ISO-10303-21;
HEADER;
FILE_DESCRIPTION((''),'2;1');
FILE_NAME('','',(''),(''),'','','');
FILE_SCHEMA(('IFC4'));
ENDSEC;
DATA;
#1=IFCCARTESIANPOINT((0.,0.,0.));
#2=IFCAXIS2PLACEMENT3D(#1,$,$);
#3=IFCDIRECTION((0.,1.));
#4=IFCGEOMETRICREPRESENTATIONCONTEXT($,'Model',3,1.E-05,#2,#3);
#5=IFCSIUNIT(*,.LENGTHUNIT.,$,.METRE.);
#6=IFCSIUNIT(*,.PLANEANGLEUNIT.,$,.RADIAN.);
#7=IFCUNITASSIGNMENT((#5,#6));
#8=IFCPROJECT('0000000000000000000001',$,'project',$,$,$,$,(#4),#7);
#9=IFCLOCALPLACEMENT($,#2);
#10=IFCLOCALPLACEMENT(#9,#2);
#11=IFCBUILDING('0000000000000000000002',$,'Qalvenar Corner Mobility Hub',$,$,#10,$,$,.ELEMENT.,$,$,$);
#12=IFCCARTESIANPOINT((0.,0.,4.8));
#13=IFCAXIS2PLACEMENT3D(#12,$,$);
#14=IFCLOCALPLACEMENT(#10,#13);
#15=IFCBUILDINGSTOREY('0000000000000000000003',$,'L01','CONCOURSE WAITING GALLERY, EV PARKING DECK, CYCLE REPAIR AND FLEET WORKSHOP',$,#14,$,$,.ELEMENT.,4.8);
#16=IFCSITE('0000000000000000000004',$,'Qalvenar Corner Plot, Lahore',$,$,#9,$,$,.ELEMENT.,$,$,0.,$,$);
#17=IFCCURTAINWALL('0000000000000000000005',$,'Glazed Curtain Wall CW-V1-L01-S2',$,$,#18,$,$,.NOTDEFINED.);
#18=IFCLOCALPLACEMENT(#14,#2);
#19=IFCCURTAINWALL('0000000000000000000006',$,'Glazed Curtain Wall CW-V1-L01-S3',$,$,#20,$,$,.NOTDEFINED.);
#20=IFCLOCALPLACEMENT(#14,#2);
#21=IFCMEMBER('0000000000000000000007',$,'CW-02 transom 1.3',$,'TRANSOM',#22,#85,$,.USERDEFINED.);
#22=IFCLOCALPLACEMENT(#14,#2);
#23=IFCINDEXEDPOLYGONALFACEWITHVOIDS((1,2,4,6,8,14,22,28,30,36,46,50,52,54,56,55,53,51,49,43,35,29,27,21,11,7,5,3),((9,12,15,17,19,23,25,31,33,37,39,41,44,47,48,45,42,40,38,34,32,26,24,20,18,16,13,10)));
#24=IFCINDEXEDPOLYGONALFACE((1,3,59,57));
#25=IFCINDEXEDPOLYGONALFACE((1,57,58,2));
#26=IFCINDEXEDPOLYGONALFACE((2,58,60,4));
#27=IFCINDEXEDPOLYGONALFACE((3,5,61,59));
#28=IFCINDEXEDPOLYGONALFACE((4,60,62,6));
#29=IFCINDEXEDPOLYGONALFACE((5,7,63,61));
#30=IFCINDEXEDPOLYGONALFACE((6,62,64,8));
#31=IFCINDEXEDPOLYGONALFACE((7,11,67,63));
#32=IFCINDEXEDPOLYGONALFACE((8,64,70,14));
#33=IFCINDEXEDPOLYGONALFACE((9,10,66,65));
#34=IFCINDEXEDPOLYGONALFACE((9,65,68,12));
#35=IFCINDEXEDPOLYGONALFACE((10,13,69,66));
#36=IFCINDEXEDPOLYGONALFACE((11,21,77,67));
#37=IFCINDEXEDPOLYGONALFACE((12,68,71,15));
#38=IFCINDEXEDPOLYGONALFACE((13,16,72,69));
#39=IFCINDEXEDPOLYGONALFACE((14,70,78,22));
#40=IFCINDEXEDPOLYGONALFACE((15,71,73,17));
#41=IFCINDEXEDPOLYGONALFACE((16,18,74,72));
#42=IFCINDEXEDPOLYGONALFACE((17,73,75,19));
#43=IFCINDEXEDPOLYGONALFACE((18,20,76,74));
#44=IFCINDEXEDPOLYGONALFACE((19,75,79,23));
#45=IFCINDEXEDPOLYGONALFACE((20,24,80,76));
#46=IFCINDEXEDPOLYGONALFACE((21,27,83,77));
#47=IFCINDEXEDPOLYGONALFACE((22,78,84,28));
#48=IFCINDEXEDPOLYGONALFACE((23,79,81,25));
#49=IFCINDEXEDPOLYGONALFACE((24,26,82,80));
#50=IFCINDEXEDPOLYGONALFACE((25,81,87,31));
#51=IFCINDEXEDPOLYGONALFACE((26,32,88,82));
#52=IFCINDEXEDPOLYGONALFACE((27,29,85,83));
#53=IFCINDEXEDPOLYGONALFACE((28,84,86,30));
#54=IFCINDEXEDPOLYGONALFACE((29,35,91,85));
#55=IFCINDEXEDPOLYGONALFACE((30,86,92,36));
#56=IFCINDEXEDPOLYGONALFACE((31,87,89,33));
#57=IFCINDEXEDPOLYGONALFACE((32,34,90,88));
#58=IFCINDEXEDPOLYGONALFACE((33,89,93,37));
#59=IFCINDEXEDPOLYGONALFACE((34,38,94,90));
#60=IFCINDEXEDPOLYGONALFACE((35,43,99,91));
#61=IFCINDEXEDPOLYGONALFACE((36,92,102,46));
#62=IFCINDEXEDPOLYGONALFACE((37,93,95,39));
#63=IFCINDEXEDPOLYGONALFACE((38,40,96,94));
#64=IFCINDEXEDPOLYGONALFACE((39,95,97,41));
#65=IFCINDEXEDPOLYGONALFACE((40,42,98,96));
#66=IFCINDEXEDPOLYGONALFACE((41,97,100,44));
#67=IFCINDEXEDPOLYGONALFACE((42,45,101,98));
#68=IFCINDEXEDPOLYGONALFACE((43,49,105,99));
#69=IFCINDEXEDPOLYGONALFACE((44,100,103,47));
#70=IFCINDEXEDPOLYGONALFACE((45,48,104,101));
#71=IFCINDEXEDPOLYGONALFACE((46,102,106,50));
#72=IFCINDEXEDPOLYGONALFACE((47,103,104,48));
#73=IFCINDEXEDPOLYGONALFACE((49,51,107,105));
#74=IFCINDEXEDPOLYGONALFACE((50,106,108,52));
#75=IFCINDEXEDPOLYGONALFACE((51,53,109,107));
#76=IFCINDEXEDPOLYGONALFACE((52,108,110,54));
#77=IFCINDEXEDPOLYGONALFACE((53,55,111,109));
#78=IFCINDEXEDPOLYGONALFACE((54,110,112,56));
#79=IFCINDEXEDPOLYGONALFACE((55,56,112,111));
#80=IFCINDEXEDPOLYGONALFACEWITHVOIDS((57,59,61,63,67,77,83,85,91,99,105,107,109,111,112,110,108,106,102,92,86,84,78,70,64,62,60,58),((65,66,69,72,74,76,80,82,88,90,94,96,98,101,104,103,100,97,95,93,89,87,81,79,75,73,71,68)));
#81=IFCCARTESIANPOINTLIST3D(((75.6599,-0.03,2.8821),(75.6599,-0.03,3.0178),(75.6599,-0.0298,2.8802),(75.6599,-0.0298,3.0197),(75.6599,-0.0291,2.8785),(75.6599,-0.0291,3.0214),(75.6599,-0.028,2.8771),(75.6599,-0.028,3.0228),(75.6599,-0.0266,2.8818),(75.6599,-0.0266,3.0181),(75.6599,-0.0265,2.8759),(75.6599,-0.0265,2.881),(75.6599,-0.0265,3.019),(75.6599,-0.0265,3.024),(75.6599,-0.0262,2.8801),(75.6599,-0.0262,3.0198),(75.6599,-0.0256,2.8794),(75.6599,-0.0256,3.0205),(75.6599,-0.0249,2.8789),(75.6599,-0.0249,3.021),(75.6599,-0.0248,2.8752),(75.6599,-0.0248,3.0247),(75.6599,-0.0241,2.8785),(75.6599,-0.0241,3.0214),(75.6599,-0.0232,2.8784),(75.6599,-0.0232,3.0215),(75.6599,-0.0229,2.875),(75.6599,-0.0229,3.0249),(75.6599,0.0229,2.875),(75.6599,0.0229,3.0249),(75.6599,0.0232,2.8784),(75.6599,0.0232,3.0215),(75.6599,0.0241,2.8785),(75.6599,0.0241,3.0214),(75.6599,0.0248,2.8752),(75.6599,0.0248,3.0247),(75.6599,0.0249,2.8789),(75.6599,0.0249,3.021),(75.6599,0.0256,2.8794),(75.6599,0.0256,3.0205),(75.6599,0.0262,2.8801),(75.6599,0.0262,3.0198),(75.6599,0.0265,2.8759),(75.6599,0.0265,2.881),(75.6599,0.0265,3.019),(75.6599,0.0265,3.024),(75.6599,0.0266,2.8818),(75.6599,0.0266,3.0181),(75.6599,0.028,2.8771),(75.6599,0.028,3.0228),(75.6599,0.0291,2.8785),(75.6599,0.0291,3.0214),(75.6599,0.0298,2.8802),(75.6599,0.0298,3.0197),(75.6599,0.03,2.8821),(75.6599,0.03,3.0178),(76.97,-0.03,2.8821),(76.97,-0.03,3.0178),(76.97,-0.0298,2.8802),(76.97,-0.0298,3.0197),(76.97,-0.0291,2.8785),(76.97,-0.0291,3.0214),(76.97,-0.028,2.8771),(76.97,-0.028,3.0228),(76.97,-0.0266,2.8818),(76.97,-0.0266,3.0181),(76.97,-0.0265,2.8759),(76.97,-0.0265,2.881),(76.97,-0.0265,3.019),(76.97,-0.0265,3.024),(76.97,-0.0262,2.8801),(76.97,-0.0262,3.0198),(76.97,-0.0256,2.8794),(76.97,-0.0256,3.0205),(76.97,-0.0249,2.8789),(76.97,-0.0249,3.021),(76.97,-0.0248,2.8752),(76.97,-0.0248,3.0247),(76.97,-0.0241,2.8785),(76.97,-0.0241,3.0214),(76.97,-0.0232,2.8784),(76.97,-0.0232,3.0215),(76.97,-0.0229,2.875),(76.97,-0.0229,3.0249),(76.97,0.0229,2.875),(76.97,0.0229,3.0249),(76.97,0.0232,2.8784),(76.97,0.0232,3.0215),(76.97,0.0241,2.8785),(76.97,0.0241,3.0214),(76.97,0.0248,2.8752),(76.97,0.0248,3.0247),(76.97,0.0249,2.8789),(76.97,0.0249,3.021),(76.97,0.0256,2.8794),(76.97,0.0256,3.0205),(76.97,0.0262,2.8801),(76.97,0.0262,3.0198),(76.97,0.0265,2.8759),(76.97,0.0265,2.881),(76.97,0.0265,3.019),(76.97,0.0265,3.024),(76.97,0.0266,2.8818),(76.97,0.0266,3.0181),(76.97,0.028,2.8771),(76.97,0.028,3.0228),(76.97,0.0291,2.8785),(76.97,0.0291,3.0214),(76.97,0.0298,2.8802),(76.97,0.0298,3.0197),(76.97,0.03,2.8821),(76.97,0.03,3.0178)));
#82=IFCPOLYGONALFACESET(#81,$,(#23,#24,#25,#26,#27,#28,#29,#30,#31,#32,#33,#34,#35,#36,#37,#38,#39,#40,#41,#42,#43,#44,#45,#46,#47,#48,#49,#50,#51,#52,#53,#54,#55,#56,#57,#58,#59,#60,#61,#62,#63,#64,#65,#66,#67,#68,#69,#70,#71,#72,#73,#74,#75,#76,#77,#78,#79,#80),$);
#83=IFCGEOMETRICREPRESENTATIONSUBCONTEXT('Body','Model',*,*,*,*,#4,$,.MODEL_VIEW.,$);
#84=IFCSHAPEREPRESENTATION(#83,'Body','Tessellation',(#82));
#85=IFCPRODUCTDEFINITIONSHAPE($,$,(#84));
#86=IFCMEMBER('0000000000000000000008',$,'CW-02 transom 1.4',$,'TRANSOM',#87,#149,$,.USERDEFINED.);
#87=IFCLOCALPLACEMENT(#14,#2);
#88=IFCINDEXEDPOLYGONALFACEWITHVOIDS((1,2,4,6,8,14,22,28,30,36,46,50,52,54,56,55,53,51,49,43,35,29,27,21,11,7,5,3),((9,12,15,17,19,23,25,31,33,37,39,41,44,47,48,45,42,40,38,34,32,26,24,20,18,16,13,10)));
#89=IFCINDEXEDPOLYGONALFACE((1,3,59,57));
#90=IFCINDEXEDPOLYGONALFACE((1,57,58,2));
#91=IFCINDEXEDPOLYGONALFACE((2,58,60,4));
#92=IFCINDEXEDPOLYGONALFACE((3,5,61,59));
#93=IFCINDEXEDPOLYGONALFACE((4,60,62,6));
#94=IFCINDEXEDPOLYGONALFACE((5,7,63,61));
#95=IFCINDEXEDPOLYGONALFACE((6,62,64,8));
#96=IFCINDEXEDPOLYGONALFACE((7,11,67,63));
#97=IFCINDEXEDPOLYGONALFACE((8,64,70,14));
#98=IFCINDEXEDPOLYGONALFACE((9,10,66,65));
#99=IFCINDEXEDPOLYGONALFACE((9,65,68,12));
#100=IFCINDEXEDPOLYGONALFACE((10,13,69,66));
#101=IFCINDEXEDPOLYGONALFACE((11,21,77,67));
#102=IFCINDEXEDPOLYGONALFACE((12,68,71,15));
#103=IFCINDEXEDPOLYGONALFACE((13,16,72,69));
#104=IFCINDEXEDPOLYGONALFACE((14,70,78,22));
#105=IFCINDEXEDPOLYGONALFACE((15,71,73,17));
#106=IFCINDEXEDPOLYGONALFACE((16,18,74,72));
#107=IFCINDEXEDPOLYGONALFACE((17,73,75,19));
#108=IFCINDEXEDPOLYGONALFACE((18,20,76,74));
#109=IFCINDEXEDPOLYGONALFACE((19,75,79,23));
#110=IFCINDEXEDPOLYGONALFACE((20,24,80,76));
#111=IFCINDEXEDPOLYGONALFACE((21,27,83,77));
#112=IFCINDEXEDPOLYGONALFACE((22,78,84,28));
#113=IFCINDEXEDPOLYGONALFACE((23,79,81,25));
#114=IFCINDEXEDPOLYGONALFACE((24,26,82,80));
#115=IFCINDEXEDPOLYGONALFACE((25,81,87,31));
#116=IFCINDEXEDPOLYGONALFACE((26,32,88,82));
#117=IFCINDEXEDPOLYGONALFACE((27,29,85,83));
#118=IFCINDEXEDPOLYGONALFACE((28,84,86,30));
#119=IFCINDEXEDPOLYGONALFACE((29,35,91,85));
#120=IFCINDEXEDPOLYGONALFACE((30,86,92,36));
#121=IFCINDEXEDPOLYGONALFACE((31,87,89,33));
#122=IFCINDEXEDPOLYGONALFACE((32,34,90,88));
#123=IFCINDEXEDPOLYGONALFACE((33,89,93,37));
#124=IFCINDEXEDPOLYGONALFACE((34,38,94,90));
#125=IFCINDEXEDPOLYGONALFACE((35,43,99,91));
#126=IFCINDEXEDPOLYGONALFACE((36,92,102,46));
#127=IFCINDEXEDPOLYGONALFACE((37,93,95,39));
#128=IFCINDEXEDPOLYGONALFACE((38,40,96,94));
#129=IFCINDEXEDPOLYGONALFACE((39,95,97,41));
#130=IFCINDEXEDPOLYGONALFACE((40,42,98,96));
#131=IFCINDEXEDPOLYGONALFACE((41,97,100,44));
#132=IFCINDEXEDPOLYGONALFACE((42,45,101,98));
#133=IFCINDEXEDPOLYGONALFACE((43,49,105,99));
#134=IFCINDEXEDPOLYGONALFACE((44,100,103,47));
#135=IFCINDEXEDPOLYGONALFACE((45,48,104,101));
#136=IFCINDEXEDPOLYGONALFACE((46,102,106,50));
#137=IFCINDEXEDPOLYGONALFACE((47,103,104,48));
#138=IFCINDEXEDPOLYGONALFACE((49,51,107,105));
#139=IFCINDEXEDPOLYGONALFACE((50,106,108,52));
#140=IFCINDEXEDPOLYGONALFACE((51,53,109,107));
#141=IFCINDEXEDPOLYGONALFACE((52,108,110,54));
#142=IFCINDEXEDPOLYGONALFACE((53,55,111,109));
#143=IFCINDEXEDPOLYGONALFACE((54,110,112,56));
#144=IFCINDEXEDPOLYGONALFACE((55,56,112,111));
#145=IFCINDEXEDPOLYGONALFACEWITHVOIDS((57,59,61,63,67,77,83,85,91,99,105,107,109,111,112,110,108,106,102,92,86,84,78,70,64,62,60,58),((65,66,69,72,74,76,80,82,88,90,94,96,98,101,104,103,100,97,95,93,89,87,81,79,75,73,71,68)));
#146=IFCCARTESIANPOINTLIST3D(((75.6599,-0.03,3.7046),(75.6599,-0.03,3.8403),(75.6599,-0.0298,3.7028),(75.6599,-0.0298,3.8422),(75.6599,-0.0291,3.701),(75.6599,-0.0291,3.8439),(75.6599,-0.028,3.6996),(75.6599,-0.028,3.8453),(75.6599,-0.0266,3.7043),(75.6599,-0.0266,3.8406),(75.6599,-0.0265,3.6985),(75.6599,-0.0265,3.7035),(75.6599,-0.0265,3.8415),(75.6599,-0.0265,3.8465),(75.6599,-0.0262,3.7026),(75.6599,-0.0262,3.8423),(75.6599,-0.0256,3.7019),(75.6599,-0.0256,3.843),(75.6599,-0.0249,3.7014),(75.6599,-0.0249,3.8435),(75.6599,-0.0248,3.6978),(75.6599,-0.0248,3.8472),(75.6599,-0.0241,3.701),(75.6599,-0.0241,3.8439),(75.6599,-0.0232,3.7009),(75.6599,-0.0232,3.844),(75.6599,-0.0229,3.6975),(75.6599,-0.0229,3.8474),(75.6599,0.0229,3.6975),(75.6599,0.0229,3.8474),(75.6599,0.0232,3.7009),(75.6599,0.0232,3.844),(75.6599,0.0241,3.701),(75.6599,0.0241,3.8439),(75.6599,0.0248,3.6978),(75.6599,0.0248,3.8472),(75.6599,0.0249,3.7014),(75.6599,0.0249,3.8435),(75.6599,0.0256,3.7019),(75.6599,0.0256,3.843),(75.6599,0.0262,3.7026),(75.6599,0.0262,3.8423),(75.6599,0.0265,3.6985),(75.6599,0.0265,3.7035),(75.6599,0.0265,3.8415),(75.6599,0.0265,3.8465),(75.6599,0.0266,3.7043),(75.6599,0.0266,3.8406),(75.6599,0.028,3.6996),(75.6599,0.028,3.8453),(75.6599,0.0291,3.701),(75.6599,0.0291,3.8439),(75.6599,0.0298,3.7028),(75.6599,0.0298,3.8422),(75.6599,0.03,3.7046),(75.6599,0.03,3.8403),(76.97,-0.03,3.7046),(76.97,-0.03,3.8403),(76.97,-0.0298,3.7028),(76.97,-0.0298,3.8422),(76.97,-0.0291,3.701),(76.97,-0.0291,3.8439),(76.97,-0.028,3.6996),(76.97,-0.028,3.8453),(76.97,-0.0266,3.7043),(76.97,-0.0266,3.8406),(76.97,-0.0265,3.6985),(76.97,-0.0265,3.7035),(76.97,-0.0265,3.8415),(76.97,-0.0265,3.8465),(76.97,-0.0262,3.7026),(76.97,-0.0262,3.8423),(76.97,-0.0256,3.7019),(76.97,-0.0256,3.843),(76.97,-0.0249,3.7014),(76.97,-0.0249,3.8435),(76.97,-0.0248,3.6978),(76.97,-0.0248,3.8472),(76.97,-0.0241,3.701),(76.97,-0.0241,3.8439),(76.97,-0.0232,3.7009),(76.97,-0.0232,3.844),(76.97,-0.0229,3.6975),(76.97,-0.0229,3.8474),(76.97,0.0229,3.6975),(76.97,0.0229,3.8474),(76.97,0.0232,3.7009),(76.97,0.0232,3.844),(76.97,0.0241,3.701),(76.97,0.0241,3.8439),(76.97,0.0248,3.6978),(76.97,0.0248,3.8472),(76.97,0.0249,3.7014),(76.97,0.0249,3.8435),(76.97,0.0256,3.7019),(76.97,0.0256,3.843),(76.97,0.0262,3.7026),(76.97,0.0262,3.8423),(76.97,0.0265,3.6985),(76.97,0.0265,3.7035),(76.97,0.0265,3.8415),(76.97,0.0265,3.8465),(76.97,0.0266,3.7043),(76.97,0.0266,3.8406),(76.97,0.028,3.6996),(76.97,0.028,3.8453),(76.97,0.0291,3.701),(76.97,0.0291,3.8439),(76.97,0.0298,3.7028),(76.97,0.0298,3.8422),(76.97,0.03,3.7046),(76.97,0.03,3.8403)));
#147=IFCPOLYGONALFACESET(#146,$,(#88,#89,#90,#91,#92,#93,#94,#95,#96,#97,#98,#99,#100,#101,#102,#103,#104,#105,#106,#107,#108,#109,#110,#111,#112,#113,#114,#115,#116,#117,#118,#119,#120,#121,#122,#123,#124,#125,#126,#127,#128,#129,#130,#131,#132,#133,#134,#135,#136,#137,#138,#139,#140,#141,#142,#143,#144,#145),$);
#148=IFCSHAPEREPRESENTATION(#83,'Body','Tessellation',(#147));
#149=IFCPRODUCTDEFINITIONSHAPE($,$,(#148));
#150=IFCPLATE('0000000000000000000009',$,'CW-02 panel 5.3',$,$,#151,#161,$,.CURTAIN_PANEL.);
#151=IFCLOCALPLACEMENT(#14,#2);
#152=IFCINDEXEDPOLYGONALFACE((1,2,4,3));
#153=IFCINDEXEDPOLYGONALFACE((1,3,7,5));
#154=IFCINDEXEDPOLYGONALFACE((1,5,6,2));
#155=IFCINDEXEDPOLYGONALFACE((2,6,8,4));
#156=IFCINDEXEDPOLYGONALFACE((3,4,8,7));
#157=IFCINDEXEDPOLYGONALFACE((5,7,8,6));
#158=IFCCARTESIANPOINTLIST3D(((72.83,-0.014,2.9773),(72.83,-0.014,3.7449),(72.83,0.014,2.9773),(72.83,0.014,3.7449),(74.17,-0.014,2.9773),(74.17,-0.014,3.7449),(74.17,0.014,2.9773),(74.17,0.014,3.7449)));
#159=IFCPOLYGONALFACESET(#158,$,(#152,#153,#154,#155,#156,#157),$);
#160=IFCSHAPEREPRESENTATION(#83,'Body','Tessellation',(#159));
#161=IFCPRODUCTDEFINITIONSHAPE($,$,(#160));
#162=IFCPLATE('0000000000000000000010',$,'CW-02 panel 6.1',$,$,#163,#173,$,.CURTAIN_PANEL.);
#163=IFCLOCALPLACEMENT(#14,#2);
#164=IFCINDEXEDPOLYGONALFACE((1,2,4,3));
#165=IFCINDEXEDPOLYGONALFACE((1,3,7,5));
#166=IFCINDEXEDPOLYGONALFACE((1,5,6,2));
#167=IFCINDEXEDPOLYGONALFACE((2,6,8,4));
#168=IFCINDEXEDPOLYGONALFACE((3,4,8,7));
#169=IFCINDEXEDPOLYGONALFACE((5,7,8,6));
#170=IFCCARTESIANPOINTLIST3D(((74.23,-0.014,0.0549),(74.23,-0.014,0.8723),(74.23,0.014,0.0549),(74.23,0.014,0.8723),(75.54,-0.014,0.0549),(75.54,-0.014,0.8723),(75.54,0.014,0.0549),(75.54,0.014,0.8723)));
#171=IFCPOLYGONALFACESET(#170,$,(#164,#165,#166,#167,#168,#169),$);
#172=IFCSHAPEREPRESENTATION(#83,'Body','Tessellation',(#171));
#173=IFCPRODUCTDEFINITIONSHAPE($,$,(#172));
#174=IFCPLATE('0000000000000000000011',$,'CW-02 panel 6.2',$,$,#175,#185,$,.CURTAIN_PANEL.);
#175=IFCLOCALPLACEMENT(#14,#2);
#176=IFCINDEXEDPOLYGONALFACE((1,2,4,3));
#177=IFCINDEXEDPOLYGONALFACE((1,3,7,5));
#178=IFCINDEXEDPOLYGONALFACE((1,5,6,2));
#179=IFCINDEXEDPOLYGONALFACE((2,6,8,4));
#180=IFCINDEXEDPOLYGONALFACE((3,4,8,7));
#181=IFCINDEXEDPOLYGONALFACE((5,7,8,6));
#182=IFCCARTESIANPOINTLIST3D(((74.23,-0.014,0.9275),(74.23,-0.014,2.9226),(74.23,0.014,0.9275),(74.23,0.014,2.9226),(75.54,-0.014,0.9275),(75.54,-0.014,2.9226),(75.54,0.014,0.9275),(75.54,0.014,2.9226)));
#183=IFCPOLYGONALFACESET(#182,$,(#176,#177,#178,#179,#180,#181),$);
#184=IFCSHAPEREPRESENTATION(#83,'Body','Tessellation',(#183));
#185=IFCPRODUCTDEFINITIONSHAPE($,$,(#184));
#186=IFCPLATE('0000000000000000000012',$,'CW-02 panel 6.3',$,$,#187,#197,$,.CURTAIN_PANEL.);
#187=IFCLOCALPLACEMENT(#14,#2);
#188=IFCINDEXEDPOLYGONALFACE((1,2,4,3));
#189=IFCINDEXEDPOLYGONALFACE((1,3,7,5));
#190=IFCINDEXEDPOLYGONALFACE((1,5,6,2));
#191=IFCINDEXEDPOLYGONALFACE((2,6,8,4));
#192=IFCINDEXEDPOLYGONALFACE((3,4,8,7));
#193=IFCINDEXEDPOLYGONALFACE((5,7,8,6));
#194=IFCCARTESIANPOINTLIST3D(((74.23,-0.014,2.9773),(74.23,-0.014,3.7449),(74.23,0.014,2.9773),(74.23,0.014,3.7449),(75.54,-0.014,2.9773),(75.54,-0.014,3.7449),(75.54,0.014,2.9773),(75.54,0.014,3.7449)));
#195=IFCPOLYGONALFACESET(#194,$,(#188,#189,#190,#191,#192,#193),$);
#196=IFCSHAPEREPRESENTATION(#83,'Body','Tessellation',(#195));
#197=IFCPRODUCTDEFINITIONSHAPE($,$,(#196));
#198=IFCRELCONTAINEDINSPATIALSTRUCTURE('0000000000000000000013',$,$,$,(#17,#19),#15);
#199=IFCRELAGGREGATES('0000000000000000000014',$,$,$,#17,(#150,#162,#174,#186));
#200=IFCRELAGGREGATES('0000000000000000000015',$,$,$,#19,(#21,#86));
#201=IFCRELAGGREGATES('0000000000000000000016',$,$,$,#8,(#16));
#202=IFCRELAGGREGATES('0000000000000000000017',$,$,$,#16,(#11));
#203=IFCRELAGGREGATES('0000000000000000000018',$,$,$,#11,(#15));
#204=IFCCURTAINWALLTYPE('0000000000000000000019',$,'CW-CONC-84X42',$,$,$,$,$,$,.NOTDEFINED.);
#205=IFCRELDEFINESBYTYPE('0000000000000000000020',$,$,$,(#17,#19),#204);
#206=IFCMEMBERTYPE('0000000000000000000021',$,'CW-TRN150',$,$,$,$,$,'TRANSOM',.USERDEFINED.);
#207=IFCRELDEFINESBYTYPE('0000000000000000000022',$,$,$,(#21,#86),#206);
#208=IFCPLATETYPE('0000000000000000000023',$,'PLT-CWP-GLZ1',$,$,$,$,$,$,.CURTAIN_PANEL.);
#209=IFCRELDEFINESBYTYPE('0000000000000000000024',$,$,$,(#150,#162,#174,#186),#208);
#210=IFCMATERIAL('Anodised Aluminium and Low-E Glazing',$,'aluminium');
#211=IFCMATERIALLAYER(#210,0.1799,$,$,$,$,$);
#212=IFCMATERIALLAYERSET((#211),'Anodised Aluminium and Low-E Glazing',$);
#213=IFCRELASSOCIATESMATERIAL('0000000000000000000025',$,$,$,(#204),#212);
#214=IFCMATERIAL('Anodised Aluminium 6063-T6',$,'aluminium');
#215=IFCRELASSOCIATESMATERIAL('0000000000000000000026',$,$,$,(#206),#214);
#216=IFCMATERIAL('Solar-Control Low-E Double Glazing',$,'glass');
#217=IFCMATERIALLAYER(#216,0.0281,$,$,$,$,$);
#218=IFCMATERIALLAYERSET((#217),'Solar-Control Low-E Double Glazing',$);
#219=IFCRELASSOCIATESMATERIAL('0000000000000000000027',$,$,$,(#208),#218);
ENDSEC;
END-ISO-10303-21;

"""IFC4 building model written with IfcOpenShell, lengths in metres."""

from ifc_helpers import new_model, si_unit, direction, frame, origin, origin_2d, place, context, subcontext, project, spatial, rectangle, hollow_rectangle, extrude, material, layer, layer_set, material_profile, profile_set, type_object, element, aggregate, save


model = new_model("IFC4")

# Units and contexts
model_context = context("Model", 3, precision=1e-05, world=origin(), true_north=direction((0.0, 1.0)))
body_context = subcontext(model_context, "Body", "Model", "MODEL_VIEW")
ifc_project = project(units=[si_unit("LENGTHUNIT", "METRE"), si_unit("PLANEANGLEUNIT", "RADIAN")], contexts=[model_context])

# Site, building, storey
site_placement = place(None, origin())
site = spatial("IfcSite", under=ifc_project, at=site_placement, Name="Qalvenar Corner Plot, Lahore", CompositionType="ELEMENT", RefElevation=0.0)
building_placement = place(site_placement, origin())
building = spatial("IfcBuilding", under=site, at=building_placement, Name="Qalvenar Corner Mobility Hub", CompositionType="ELEMENT")
storey_placement = place(building_placement, frame((0.0, 0.0, 4.8)))
storey = spatial("IfcBuildingStorey", under=building, at=storey_placement, Name="L01", Description="CONCOURSE WAITING GALLERY, EV PARKING DECK, CYCLE REPAIR AND FLEET WORKSHOP", CompositionType="ELEMENT", Elevation=4.8)

# Shared definitions
ifc_material_1 = material(Name="Anodised Aluminium and Low-E Glazing", Category="aluminium")
ifc_layer_1 = layer(ifc_material_1, 0.1799)
ifc_layer_set_1 = layer_set([ifc_layer_1], Name="Anodised Aluminium and Low-E Glazing")
curtain_wall_type = type_object("IfcCurtainWallType", Name="CW-CONC-84X42", PredefinedType="NOTDEFINED", material=ifc_layer_set_1)
ifc_material_2 = material(Name="Anodised Aluminium 6063-T6", Category="aluminium")

# Curtain wall
curtain_wall_1_placement = place(storey_placement, origin())
curtain_wall_1 = element("IfcCurtainWall", 1, at=curtain_wall_1_placement, inside=storey, type_object=curtain_wall_type, Name="Glazed Curtain Wall CW-V1-L01-S2", PredefinedType="NOTDEFINED")

# Curtain wall
curtain_wall_2_placement = place(storey_placement, origin())
curtain_wall_2 = element("IfcCurtainWall", 2, at=curtain_wall_2_placement, inside=storey, type_object=curtain_wall_type, Name="Glazed Curtain Wall CW-V1-L01-S3", PredefinedType="NOTDEFINED")

# Members
ifc_material_profile_1 = material_profile(ifc_material_2, hollow_rectangle(XDim=0.0601, YDim=0.1499, WallThickness=0.0034, InnerFilletRadius=0.0034, OuterFilletRadius=0.0071, at=origin_2d()), Name="RHS150x60x3.5")
ifc_profile_set_1 = profile_set([ifc_material_profile_1], Name="Anodised Aluminium 6063-T6")
member_type_1 = type_object("IfcMemberType", Name="CW-TRN150", ElementType="TRANSOM", PredefinedType="USERDEFINED", material=ifc_profile_set_1)
member_1_placement = place(storey_placement, frame((75.6599, 0.0, 2.95), z_axis=(1.0, 0.0, 0.0), x_axis=(0.0, 1.0, 0.0)))
member_1 = element("IfcMember", 3, at=member_1_placement, type_object=member_type_1, Name="CW-02 transom 1.3", ObjectType="TRANSOM", PredefinedType="USERDEFINED", context=body_context, shape_type="SweptSolid", body=[
    extrude(hollow_rectangle(XDim=0.0601, YDim=0.1499, WallThickness=0.0034, InnerFilletRadius=0.0034, OuterFilletRadius=0.0071, at=origin_2d()), origin(), (0.0, 0.0, 1.0), 1.3101),
])
member_2_placement = place(storey_placement, frame((75.6599, 0.0, 3.7725), z_axis=(1.0, 0.0, 0.0), x_axis=(0.0, 1.0, 0.0)))
member_2 = element("IfcMember", 4, at=member_2_placement, type_object=member_type_1, Name="CW-02 transom 1.4", ObjectType="TRANSOM", PredefinedType="USERDEFINED", context=body_context, shape_type="SweptSolid", body=[
    extrude(hollow_rectangle(XDim=0.0601, YDim=0.1499, WallThickness=0.0034, InnerFilletRadius=0.0034, OuterFilletRadius=0.0071, at=origin_2d()), origin(), (0.0, 0.0, 1.0), 1.3101),
])

# Plates
ifc_material_3 = material(Name="Solar-Control Low-E Double Glazing", Category="glass")
ifc_layer_2 = layer(ifc_material_3, 0.0281)
ifc_layer_set_2 = layer_set([ifc_layer_2], Name="Solar-Control Low-E Double Glazing")
plate_type = type_object("IfcPlateType", Name="PLT-CWP-GLZ1", PredefinedType="CURTAIN_PANEL", material=ifc_layer_set_2)
plate_1_placement = place(storey_placement, frame((73.5, 0.0, 2.9773), z_axis=(0.0, 0.0, 1.0), x_axis=(1.0, 0.0, 0.0)))
plate_1 = element("IfcPlate", 5, at=plate_1_placement, type_object=plate_type, Name="CW-02 panel 5.3", PredefinedType="CURTAIN_PANEL", context=body_context, shape_type="SweptSolid", body=[
    extrude(rectangle(XDim=1.3401, YDim=0.0281, at=origin_2d()), origin(), (0.0, 0.0, 1.0), 0.7676),
])
plate_2_placement = place(storey_placement, frame((74.885, 0.0, 0.0549), z_axis=(0.0, 0.0, 1.0), x_axis=(1.0, 0.0, 0.0)))
plate_2 = element("IfcPlate", 6, at=plate_2_placement, type_object=plate_type, Name="CW-02 panel 6.1", PredefinedType="CURTAIN_PANEL", context=body_context, shape_type="SweptSolid", body=[
    extrude(rectangle(XDim=1.3101, YDim=0.0281, at=origin_2d()), origin(), (0.0, 0.0, 1.0), 0.8174),
])
plate_3_placement = place(storey_placement, frame((74.885, 0.0, 0.9275), z_axis=(0.0, 0.0, 1.0), x_axis=(1.0, 0.0, 0.0)))
plate_3 = element("IfcPlate", 7, at=plate_3_placement, type_object=plate_type, Name="CW-02 panel 6.2", PredefinedType="CURTAIN_PANEL", context=body_context, shape_type="SweptSolid", body=[
    extrude(rectangle(XDim=1.3101, YDim=0.0281, at=origin_2d()), origin(), (0.0, 0.0, 1.0), 1.9951),
])
plate_4_placement = place(storey_placement, frame((74.885, 0.0, 2.9773), z_axis=(0.0, 0.0, 1.0), x_axis=(1.0, 0.0, 0.0)))
plate_4 = element("IfcPlate", 8, at=plate_4_placement, type_object=plate_type, Name="CW-02 panel 6.3", PredefinedType="CURTAIN_PANEL", context=body_context, shape_type="SweptSolid", body=[
    extrude(rectangle(XDim=1.3101, YDim=0.0281, at=origin_2d()), origin(), (0.0, 0.0, 1.0), 0.7676),
])
aggregate(curtain_wall_1, [plate_1, plate_2, plate_3, plate_4])
aggregate(curtain_wall_2, [member_1, member_2])

save(model, "model.ifc")
